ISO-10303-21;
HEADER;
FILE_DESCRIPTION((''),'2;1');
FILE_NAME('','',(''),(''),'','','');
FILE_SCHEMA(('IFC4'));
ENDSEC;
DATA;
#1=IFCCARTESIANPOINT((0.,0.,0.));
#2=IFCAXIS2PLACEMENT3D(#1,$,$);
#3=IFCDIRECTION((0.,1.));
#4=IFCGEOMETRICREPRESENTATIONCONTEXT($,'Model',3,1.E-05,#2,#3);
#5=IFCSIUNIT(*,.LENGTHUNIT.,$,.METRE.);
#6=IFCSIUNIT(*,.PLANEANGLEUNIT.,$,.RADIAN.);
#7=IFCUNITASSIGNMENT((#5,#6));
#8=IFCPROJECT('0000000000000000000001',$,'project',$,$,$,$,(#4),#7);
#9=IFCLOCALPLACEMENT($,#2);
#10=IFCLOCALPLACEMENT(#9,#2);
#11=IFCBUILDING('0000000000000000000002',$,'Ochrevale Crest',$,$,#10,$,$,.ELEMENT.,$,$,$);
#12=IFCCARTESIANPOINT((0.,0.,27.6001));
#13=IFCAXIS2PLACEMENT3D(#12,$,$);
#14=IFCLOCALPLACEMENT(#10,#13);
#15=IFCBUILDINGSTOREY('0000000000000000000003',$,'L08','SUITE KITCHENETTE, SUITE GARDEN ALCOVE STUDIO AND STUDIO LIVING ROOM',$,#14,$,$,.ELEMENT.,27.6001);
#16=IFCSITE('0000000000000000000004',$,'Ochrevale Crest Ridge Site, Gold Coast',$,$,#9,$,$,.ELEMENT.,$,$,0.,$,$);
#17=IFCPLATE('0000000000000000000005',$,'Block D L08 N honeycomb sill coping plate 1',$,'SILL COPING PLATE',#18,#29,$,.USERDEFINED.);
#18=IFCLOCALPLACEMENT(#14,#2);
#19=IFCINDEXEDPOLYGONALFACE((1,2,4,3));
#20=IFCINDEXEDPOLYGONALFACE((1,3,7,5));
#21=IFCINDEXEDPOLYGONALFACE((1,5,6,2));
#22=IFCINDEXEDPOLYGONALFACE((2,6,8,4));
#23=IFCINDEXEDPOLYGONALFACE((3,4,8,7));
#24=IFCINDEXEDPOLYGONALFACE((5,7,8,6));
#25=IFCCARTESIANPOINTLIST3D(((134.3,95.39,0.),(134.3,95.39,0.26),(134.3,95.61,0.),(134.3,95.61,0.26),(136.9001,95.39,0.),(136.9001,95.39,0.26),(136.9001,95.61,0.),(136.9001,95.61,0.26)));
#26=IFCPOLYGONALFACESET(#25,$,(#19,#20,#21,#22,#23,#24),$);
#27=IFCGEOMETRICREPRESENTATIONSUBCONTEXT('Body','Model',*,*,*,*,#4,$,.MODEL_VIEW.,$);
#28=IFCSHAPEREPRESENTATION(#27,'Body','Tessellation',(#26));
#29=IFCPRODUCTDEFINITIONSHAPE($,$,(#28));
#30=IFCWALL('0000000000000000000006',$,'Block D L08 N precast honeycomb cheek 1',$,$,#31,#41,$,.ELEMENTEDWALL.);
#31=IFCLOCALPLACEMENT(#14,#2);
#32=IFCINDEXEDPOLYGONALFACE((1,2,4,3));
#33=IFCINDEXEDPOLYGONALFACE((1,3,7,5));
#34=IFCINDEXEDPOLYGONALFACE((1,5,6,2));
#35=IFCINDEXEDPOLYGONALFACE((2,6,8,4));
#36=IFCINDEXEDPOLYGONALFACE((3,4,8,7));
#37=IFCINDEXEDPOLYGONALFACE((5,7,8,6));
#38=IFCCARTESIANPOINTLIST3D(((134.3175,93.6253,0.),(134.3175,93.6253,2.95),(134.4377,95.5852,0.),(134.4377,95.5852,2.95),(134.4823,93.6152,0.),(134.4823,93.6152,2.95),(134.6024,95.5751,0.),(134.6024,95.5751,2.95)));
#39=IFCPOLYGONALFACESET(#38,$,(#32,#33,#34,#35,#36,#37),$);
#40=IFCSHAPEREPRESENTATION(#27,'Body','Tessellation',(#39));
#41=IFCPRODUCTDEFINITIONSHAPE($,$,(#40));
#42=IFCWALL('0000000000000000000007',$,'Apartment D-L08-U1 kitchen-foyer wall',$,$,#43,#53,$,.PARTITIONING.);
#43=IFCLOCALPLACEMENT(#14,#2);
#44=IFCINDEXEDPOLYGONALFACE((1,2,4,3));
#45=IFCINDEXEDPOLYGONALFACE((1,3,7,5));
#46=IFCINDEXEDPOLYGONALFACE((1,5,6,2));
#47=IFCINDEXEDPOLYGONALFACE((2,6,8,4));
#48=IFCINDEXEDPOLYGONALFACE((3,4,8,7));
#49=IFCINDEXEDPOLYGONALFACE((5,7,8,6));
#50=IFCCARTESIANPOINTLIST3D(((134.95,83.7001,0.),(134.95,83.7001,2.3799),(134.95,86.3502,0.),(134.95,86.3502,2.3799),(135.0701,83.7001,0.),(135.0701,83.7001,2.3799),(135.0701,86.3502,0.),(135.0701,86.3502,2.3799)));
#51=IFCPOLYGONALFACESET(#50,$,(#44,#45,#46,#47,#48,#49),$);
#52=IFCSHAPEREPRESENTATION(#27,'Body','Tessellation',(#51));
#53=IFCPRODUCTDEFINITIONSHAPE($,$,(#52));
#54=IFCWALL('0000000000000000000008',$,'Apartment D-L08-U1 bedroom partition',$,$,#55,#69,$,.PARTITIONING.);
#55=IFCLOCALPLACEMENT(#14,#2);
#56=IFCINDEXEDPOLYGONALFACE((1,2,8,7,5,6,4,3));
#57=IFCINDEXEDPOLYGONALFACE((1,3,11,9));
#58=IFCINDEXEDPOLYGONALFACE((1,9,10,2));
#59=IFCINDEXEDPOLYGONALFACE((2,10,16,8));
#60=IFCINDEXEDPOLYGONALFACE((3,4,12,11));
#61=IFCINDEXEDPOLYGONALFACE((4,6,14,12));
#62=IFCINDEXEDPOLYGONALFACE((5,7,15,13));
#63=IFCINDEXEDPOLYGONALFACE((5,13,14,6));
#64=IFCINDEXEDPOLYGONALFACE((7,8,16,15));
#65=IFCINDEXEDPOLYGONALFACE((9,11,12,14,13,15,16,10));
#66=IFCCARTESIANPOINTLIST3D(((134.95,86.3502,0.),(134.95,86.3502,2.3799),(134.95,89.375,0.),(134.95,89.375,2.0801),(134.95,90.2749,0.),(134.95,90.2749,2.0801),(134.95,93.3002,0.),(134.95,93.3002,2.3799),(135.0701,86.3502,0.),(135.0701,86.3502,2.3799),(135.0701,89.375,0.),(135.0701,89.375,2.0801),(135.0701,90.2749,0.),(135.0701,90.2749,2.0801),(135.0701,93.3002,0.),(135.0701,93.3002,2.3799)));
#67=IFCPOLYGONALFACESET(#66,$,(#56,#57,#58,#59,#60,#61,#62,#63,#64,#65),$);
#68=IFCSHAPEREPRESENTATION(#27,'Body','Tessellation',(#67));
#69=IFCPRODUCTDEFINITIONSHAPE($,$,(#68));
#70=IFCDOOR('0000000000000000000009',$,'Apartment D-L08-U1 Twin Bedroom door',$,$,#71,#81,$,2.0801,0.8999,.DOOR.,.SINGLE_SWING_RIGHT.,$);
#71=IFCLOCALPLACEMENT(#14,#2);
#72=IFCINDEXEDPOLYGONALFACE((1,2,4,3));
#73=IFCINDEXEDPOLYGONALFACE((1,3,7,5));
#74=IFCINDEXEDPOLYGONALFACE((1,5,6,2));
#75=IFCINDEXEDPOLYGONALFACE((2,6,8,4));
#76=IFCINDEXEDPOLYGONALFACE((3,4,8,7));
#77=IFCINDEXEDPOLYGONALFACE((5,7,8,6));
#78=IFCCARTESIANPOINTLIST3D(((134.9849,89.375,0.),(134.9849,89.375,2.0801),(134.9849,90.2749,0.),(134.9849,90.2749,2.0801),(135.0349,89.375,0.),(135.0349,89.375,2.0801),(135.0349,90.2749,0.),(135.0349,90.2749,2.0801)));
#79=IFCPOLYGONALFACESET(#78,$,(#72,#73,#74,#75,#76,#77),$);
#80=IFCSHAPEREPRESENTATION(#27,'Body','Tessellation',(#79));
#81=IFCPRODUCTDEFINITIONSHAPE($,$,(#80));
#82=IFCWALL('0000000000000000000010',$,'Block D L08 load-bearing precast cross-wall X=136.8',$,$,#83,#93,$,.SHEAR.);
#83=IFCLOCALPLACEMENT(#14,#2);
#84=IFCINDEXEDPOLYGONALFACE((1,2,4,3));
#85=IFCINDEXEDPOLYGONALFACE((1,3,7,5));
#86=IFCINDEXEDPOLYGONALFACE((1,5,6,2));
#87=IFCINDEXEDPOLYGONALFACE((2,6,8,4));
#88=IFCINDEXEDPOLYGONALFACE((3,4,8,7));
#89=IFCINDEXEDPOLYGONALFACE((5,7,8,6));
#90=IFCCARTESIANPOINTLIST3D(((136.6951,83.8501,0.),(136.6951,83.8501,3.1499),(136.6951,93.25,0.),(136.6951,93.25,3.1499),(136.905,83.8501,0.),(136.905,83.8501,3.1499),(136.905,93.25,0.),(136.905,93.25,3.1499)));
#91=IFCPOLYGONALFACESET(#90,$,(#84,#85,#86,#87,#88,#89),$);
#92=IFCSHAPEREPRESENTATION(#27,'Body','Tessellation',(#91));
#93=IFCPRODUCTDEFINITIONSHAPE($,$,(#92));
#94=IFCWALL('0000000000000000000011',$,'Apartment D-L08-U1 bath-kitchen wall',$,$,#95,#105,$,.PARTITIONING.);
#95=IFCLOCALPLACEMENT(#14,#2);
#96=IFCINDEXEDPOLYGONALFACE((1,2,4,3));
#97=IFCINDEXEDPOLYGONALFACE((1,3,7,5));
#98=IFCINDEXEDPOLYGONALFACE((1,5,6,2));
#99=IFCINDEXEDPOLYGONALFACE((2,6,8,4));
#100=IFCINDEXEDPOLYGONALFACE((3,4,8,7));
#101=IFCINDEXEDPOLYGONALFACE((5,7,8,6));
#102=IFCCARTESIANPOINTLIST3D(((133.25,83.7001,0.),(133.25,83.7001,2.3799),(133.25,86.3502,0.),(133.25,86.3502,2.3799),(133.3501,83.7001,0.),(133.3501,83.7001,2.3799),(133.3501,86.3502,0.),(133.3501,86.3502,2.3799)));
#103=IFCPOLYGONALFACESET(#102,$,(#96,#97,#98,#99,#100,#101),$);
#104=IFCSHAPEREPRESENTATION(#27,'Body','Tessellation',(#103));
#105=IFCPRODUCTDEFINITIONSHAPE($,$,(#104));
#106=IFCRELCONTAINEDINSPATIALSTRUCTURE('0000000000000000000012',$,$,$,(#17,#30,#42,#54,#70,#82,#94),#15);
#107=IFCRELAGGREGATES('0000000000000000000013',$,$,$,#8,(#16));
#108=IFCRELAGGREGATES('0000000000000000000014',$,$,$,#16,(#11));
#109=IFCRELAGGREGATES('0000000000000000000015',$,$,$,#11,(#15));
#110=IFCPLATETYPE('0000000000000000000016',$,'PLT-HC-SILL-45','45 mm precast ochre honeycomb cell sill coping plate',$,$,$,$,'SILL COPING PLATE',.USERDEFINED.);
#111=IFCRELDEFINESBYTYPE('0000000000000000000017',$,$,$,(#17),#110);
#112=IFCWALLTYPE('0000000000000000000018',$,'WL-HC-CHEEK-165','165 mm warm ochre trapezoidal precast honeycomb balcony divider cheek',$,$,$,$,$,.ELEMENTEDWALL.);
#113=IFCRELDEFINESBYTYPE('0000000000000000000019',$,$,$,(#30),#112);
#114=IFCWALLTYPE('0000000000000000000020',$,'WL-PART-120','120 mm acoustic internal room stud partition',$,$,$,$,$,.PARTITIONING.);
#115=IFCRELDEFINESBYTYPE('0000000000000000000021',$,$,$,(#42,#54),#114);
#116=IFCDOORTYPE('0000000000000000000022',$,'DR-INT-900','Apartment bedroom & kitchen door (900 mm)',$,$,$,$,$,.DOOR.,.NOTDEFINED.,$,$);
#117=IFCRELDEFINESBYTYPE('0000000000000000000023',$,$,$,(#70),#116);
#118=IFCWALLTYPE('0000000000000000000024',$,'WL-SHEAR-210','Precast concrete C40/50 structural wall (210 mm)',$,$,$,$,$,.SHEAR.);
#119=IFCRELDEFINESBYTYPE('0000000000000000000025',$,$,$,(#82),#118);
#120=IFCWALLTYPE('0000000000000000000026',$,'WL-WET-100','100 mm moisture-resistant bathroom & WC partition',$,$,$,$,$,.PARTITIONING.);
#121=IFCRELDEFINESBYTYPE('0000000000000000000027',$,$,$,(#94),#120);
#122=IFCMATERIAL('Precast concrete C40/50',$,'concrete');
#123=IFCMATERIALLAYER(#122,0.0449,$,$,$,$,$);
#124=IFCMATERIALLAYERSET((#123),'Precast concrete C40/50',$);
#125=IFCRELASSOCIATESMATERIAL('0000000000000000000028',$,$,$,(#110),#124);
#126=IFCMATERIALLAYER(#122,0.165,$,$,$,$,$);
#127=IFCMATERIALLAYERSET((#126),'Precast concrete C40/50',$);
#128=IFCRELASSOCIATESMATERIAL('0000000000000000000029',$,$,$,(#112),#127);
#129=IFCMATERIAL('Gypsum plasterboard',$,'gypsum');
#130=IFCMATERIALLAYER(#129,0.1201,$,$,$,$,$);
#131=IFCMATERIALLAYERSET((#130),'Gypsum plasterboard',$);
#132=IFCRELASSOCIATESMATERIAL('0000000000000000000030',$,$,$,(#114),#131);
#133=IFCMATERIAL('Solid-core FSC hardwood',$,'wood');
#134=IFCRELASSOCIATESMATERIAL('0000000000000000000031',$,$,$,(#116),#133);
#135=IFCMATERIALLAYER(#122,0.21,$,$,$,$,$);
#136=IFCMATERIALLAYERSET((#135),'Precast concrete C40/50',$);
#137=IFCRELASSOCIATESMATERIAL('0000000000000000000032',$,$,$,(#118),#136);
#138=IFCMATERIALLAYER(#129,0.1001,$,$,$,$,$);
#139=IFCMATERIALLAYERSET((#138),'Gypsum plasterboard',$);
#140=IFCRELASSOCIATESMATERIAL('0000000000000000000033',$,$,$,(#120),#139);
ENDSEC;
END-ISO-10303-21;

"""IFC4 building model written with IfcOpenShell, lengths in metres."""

from ifc_helpers import new_model, si_unit, direction, frame, frame_2d, origin, origin_2d, place, context, subcontext, project, spatial, rectangle, extrude, material, layer, layer_set, type_object, element, fill, save


model = new_model("IFC4")

# Units and contexts
model_context = context("Model", 3, precision=1e-05, world=origin(), true_north=direction((0.0, 1.0)))
body_context = subcontext(model_context, "Body", "Model", "MODEL_VIEW")
ifc_project = project(units=[si_unit("LENGTHUNIT", "METRE"), si_unit("PLANEANGLEUNIT", "RADIAN")], contexts=[model_context])

# Site, building, storey
site_placement = place(None, origin())
site = spatial("IfcSite", under=ifc_project, at=site_placement, Name="Ochrevale Crest Ridge Site, Gold Coast", CompositionType="ELEMENT", RefElevation=0.0)
building_placement = place(site_placement, origin())
building = spatial("IfcBuilding", under=site, at=building_placement, Name="Ochrevale Crest", CompositionType="ELEMENT")
storey_placement = place(building_placement, frame((0.0, 0.0, 27.6001)))
storey = spatial("IfcBuildingStorey", under=building, at=storey_placement, Name="L08", Description="SUITE KITCHENETTE, SUITE GARDEN ALCOVE STUDIO AND STUDIO LIVING ROOM", CompositionType="ELEMENT", Elevation=27.6001)

# Plate
ifc_material_1 = material(Name="Precast concrete C40/50", Category="concrete")
ifc_layer_1 = layer(ifc_material_1, 0.0449)
ifc_layer_set_1 = layer_set([ifc_layer_1], Name="Precast concrete C40/50")
plate_type_1 = type_object("IfcPlateType", Name="PLT-HC-SILL-45", Description="45 mm precast ochre honeycomb cell sill coping plate", ElementType="SILL COPING PLATE", PredefinedType="USERDEFINED", material=ifc_layer_set_1)
plate_1_placement = place(storey_placement, frame((135.6001, 95.5, 0.0), z_axis=(0.0, 0.0, 1.0), x_axis=(1.0, 0.0, 0.0)))
element("IfcPlate", 1, at=plate_1_placement, inside=storey, type_object=plate_type_1, Name="Block D L08 N honeycomb sill coping plate 1", ObjectType="SILL COPING PLATE", PredefinedType="USERDEFINED", context=body_context, shape_type="SweptSolid", body=[
    extrude(rectangle(XDim=2.6001, YDim=0.22, at=origin_2d()), origin(), (0.0, 0.0, 1.0), 0.26),
])

# Walls
ifc_layer_2 = layer(ifc_material_1, 0.165)
ifc_layer_set_2 = layer_set([ifc_layer_2], Name="Precast concrete C40/50")
wall_type_1 = type_object("IfcWallType", Name="WL-HC-CHEEK-165", Description="165 mm warm ochre trapezoidal precast honeycomb balcony divider cheek", PredefinedType="ELEMENTEDWALL", material=ifc_layer_set_2)
wall_1_placement = place(storey_placement, frame((134.3999, 93.6201, 0.0), z_axis=(0.0, 0.0, 1.0), x_axis=(0.061171, 0.998127, 0.0)))
element("IfcWall", 2, at=wall_1_placement, inside=storey, type_object=wall_type_1, Name="Block D L08 N precast honeycomb cheek 1", PredefinedType="ELEMENTEDWALL", context=body_context, shape_type="SweptSolid", body=[
    extrude(rectangle(XDim=1.9636, YDim=0.165, at=frame_2d((0.9819, 0.0))), origin(), (0.0, 0.0, 1.0), 2.95),
])
ifc_material_2 = material(Name="Gypsum plasterboard", Category="gypsum")
ifc_layer_3 = layer(ifc_material_2, 0.1201)
ifc_layer_set_3 = layer_set([ifc_layer_3], Name="Gypsum plasterboard")
wall_type_2 = type_object("IfcWallType", Name="WL-PART-120", Description="120 mm acoustic internal room stud partition", PredefinedType="PARTITIONING", material=ifc_layer_set_3)
wall_2_placement = place(storey_placement, frame((135.01, 83.7, 0.0), z_axis=(0.0, 0.0, 1.0), x_axis=(0.0, 1.0, 0.0)))
element("IfcWall", 3, at=wall_2_placement, inside=storey, type_object=wall_type_2, Name="Apartment D-L08-U1 kitchen-foyer wall", PredefinedType="PARTITIONING", context=body_context, shape_type="SweptSolid", body=[
    extrude(rectangle(XDim=2.6501, YDim=0.1201, at=frame_2d((1.3252, 0.0))), origin(), (0.0, 0.0, 1.0), 2.3799),
])

# Wall, opening, door
wall_3_placement = place(storey_placement, frame((135.01, 86.3501, 0.0), z_axis=(0.0, 0.0, 1.0), x_axis=(0.0, 1.0, 0.0)))
wall_3 = element("IfcWall", 4, at=wall_3_placement, inside=storey, type_object=wall_type_2, Name="Apartment D-L08-U1 bedroom partition", PredefinedType="PARTITIONING", context=body_context, shape_type="SweptSolid", body=[
    extrude(rectangle(XDim=6.95, YDim=0.1201, at=frame_2d((3.4751, 0.0))), origin(), (0.0, 0.0, 1.0), 2.3799),
])
opening_placement = place(wall_3_placement, frame((3.9248, 0.0, 0.0), z_axis=(0.0, 0.0, 1.0), x_axis=(-1.0, 0.0, 0.0)))
opening = element("IfcOpeningElement", 5, at=opening_placement, cuts=wall_3, PredefinedType="OPENING", context=body_context, shape_type="SweptSolid", body=[
    extrude(rectangle(XDim=0.8999, YDim=2.0801, at=frame_2d((0.45, 1.04))), frame((0.0, 0.0701, 0.0), z_axis=(0.0, -1.0, 0.0), x_axis=(1.0, 0.0, 0.0)), (0.0, 0.0, 1.0), 0.1401),
])
ifc_material_3 = material(Name="Solid-core FSC hardwood", Category="wood")
door_type = type_object("IfcDoorType", Name="DR-INT-900", Description="Apartment bedroom & kitchen door (900 mm)", OperationType="NOTDEFINED", PredefinedType="DOOR", material=ifc_material_3)
door_placement = place(opening_placement, origin())
door = element("IfcDoor", 6, at=door_placement, inside=storey, type_object=door_type, Name="Apartment D-L08-U1 Twin Bedroom door", OperationType="SINGLE_SWING_RIGHT", OverallHeight=2.0801, OverallWidth=0.8999, PredefinedType="DOOR", context=body_context, shape_type="SweptSolid", body=[
    extrude(rectangle(XDim=0.8999, YDim=2.0801, at=frame_2d((0.45, 1.04))), frame((0.0, 0.0249, 0.0), z_axis=(0.0, -1.0, 0.0), x_axis=(1.0, 0.0, 0.0)), (0.0, 0.0, 1.0), 0.05),
])
fill(opening, door)

# Walls
ifc_layer_4 = layer(ifc_material_1, 0.21)
ifc_layer_set_4 = layer_set([ifc_layer_4], Name="Precast concrete C40/50")
wall_type_3 = type_object("IfcWallType", Name="WL-SHEAR-210", Description="Precast concrete C40/50 structural wall (210 mm)", PredefinedType="SHEAR", material=ifc_layer_set_4)
wall_4_placement = place(storey_placement, frame((136.8, 83.8501, 0.0), z_axis=(0.0, 0.0, 1.0), x_axis=(0.0, 1.0, 0.0)))
element("IfcWall", 7, at=wall_4_placement, inside=storey, type_object=wall_type_3, Name="Block D L08 load-bearing precast cross-wall X=136.8", PredefinedType="SHEAR", context=body_context, shape_type="SweptSolid", body=[
    extrude(rectangle(XDim=9.3999, YDim=0.21, at=frame_2d((4.7, 0.0))), origin(), (0.0, 0.0, 1.0), 3.1499),
])
ifc_layer_5 = layer(ifc_material_2, 0.1001)
ifc_layer_set_5 = layer_set([ifc_layer_5], Name="Gypsum plasterboard")
wall_type_4 = type_object("IfcWallType", Name="WL-WET-100", Description="100 mm moisture-resistant bathroom & WC partition", PredefinedType="PARTITIONING", material=ifc_layer_set_5)
wall_5_placement = place(storey_placement, frame((133.3, 83.7, 0.0), z_axis=(0.0, 0.0, 1.0), x_axis=(0.0, 1.0, 0.0)))
element("IfcWall", 8, at=wall_5_placement, inside=storey, type_object=wall_type_4, Name="Apartment D-L08-U1 bath-kitchen wall", PredefinedType="PARTITIONING", context=body_context, shape_type="SweptSolid", body=[
    extrude(rectangle(XDim=2.6501, YDim=0.1001, at=frame_2d((1.3252, 0.0))), origin(), (0.0, 0.0, 1.0), 2.3799),
])

save(model, "model.ifc")
